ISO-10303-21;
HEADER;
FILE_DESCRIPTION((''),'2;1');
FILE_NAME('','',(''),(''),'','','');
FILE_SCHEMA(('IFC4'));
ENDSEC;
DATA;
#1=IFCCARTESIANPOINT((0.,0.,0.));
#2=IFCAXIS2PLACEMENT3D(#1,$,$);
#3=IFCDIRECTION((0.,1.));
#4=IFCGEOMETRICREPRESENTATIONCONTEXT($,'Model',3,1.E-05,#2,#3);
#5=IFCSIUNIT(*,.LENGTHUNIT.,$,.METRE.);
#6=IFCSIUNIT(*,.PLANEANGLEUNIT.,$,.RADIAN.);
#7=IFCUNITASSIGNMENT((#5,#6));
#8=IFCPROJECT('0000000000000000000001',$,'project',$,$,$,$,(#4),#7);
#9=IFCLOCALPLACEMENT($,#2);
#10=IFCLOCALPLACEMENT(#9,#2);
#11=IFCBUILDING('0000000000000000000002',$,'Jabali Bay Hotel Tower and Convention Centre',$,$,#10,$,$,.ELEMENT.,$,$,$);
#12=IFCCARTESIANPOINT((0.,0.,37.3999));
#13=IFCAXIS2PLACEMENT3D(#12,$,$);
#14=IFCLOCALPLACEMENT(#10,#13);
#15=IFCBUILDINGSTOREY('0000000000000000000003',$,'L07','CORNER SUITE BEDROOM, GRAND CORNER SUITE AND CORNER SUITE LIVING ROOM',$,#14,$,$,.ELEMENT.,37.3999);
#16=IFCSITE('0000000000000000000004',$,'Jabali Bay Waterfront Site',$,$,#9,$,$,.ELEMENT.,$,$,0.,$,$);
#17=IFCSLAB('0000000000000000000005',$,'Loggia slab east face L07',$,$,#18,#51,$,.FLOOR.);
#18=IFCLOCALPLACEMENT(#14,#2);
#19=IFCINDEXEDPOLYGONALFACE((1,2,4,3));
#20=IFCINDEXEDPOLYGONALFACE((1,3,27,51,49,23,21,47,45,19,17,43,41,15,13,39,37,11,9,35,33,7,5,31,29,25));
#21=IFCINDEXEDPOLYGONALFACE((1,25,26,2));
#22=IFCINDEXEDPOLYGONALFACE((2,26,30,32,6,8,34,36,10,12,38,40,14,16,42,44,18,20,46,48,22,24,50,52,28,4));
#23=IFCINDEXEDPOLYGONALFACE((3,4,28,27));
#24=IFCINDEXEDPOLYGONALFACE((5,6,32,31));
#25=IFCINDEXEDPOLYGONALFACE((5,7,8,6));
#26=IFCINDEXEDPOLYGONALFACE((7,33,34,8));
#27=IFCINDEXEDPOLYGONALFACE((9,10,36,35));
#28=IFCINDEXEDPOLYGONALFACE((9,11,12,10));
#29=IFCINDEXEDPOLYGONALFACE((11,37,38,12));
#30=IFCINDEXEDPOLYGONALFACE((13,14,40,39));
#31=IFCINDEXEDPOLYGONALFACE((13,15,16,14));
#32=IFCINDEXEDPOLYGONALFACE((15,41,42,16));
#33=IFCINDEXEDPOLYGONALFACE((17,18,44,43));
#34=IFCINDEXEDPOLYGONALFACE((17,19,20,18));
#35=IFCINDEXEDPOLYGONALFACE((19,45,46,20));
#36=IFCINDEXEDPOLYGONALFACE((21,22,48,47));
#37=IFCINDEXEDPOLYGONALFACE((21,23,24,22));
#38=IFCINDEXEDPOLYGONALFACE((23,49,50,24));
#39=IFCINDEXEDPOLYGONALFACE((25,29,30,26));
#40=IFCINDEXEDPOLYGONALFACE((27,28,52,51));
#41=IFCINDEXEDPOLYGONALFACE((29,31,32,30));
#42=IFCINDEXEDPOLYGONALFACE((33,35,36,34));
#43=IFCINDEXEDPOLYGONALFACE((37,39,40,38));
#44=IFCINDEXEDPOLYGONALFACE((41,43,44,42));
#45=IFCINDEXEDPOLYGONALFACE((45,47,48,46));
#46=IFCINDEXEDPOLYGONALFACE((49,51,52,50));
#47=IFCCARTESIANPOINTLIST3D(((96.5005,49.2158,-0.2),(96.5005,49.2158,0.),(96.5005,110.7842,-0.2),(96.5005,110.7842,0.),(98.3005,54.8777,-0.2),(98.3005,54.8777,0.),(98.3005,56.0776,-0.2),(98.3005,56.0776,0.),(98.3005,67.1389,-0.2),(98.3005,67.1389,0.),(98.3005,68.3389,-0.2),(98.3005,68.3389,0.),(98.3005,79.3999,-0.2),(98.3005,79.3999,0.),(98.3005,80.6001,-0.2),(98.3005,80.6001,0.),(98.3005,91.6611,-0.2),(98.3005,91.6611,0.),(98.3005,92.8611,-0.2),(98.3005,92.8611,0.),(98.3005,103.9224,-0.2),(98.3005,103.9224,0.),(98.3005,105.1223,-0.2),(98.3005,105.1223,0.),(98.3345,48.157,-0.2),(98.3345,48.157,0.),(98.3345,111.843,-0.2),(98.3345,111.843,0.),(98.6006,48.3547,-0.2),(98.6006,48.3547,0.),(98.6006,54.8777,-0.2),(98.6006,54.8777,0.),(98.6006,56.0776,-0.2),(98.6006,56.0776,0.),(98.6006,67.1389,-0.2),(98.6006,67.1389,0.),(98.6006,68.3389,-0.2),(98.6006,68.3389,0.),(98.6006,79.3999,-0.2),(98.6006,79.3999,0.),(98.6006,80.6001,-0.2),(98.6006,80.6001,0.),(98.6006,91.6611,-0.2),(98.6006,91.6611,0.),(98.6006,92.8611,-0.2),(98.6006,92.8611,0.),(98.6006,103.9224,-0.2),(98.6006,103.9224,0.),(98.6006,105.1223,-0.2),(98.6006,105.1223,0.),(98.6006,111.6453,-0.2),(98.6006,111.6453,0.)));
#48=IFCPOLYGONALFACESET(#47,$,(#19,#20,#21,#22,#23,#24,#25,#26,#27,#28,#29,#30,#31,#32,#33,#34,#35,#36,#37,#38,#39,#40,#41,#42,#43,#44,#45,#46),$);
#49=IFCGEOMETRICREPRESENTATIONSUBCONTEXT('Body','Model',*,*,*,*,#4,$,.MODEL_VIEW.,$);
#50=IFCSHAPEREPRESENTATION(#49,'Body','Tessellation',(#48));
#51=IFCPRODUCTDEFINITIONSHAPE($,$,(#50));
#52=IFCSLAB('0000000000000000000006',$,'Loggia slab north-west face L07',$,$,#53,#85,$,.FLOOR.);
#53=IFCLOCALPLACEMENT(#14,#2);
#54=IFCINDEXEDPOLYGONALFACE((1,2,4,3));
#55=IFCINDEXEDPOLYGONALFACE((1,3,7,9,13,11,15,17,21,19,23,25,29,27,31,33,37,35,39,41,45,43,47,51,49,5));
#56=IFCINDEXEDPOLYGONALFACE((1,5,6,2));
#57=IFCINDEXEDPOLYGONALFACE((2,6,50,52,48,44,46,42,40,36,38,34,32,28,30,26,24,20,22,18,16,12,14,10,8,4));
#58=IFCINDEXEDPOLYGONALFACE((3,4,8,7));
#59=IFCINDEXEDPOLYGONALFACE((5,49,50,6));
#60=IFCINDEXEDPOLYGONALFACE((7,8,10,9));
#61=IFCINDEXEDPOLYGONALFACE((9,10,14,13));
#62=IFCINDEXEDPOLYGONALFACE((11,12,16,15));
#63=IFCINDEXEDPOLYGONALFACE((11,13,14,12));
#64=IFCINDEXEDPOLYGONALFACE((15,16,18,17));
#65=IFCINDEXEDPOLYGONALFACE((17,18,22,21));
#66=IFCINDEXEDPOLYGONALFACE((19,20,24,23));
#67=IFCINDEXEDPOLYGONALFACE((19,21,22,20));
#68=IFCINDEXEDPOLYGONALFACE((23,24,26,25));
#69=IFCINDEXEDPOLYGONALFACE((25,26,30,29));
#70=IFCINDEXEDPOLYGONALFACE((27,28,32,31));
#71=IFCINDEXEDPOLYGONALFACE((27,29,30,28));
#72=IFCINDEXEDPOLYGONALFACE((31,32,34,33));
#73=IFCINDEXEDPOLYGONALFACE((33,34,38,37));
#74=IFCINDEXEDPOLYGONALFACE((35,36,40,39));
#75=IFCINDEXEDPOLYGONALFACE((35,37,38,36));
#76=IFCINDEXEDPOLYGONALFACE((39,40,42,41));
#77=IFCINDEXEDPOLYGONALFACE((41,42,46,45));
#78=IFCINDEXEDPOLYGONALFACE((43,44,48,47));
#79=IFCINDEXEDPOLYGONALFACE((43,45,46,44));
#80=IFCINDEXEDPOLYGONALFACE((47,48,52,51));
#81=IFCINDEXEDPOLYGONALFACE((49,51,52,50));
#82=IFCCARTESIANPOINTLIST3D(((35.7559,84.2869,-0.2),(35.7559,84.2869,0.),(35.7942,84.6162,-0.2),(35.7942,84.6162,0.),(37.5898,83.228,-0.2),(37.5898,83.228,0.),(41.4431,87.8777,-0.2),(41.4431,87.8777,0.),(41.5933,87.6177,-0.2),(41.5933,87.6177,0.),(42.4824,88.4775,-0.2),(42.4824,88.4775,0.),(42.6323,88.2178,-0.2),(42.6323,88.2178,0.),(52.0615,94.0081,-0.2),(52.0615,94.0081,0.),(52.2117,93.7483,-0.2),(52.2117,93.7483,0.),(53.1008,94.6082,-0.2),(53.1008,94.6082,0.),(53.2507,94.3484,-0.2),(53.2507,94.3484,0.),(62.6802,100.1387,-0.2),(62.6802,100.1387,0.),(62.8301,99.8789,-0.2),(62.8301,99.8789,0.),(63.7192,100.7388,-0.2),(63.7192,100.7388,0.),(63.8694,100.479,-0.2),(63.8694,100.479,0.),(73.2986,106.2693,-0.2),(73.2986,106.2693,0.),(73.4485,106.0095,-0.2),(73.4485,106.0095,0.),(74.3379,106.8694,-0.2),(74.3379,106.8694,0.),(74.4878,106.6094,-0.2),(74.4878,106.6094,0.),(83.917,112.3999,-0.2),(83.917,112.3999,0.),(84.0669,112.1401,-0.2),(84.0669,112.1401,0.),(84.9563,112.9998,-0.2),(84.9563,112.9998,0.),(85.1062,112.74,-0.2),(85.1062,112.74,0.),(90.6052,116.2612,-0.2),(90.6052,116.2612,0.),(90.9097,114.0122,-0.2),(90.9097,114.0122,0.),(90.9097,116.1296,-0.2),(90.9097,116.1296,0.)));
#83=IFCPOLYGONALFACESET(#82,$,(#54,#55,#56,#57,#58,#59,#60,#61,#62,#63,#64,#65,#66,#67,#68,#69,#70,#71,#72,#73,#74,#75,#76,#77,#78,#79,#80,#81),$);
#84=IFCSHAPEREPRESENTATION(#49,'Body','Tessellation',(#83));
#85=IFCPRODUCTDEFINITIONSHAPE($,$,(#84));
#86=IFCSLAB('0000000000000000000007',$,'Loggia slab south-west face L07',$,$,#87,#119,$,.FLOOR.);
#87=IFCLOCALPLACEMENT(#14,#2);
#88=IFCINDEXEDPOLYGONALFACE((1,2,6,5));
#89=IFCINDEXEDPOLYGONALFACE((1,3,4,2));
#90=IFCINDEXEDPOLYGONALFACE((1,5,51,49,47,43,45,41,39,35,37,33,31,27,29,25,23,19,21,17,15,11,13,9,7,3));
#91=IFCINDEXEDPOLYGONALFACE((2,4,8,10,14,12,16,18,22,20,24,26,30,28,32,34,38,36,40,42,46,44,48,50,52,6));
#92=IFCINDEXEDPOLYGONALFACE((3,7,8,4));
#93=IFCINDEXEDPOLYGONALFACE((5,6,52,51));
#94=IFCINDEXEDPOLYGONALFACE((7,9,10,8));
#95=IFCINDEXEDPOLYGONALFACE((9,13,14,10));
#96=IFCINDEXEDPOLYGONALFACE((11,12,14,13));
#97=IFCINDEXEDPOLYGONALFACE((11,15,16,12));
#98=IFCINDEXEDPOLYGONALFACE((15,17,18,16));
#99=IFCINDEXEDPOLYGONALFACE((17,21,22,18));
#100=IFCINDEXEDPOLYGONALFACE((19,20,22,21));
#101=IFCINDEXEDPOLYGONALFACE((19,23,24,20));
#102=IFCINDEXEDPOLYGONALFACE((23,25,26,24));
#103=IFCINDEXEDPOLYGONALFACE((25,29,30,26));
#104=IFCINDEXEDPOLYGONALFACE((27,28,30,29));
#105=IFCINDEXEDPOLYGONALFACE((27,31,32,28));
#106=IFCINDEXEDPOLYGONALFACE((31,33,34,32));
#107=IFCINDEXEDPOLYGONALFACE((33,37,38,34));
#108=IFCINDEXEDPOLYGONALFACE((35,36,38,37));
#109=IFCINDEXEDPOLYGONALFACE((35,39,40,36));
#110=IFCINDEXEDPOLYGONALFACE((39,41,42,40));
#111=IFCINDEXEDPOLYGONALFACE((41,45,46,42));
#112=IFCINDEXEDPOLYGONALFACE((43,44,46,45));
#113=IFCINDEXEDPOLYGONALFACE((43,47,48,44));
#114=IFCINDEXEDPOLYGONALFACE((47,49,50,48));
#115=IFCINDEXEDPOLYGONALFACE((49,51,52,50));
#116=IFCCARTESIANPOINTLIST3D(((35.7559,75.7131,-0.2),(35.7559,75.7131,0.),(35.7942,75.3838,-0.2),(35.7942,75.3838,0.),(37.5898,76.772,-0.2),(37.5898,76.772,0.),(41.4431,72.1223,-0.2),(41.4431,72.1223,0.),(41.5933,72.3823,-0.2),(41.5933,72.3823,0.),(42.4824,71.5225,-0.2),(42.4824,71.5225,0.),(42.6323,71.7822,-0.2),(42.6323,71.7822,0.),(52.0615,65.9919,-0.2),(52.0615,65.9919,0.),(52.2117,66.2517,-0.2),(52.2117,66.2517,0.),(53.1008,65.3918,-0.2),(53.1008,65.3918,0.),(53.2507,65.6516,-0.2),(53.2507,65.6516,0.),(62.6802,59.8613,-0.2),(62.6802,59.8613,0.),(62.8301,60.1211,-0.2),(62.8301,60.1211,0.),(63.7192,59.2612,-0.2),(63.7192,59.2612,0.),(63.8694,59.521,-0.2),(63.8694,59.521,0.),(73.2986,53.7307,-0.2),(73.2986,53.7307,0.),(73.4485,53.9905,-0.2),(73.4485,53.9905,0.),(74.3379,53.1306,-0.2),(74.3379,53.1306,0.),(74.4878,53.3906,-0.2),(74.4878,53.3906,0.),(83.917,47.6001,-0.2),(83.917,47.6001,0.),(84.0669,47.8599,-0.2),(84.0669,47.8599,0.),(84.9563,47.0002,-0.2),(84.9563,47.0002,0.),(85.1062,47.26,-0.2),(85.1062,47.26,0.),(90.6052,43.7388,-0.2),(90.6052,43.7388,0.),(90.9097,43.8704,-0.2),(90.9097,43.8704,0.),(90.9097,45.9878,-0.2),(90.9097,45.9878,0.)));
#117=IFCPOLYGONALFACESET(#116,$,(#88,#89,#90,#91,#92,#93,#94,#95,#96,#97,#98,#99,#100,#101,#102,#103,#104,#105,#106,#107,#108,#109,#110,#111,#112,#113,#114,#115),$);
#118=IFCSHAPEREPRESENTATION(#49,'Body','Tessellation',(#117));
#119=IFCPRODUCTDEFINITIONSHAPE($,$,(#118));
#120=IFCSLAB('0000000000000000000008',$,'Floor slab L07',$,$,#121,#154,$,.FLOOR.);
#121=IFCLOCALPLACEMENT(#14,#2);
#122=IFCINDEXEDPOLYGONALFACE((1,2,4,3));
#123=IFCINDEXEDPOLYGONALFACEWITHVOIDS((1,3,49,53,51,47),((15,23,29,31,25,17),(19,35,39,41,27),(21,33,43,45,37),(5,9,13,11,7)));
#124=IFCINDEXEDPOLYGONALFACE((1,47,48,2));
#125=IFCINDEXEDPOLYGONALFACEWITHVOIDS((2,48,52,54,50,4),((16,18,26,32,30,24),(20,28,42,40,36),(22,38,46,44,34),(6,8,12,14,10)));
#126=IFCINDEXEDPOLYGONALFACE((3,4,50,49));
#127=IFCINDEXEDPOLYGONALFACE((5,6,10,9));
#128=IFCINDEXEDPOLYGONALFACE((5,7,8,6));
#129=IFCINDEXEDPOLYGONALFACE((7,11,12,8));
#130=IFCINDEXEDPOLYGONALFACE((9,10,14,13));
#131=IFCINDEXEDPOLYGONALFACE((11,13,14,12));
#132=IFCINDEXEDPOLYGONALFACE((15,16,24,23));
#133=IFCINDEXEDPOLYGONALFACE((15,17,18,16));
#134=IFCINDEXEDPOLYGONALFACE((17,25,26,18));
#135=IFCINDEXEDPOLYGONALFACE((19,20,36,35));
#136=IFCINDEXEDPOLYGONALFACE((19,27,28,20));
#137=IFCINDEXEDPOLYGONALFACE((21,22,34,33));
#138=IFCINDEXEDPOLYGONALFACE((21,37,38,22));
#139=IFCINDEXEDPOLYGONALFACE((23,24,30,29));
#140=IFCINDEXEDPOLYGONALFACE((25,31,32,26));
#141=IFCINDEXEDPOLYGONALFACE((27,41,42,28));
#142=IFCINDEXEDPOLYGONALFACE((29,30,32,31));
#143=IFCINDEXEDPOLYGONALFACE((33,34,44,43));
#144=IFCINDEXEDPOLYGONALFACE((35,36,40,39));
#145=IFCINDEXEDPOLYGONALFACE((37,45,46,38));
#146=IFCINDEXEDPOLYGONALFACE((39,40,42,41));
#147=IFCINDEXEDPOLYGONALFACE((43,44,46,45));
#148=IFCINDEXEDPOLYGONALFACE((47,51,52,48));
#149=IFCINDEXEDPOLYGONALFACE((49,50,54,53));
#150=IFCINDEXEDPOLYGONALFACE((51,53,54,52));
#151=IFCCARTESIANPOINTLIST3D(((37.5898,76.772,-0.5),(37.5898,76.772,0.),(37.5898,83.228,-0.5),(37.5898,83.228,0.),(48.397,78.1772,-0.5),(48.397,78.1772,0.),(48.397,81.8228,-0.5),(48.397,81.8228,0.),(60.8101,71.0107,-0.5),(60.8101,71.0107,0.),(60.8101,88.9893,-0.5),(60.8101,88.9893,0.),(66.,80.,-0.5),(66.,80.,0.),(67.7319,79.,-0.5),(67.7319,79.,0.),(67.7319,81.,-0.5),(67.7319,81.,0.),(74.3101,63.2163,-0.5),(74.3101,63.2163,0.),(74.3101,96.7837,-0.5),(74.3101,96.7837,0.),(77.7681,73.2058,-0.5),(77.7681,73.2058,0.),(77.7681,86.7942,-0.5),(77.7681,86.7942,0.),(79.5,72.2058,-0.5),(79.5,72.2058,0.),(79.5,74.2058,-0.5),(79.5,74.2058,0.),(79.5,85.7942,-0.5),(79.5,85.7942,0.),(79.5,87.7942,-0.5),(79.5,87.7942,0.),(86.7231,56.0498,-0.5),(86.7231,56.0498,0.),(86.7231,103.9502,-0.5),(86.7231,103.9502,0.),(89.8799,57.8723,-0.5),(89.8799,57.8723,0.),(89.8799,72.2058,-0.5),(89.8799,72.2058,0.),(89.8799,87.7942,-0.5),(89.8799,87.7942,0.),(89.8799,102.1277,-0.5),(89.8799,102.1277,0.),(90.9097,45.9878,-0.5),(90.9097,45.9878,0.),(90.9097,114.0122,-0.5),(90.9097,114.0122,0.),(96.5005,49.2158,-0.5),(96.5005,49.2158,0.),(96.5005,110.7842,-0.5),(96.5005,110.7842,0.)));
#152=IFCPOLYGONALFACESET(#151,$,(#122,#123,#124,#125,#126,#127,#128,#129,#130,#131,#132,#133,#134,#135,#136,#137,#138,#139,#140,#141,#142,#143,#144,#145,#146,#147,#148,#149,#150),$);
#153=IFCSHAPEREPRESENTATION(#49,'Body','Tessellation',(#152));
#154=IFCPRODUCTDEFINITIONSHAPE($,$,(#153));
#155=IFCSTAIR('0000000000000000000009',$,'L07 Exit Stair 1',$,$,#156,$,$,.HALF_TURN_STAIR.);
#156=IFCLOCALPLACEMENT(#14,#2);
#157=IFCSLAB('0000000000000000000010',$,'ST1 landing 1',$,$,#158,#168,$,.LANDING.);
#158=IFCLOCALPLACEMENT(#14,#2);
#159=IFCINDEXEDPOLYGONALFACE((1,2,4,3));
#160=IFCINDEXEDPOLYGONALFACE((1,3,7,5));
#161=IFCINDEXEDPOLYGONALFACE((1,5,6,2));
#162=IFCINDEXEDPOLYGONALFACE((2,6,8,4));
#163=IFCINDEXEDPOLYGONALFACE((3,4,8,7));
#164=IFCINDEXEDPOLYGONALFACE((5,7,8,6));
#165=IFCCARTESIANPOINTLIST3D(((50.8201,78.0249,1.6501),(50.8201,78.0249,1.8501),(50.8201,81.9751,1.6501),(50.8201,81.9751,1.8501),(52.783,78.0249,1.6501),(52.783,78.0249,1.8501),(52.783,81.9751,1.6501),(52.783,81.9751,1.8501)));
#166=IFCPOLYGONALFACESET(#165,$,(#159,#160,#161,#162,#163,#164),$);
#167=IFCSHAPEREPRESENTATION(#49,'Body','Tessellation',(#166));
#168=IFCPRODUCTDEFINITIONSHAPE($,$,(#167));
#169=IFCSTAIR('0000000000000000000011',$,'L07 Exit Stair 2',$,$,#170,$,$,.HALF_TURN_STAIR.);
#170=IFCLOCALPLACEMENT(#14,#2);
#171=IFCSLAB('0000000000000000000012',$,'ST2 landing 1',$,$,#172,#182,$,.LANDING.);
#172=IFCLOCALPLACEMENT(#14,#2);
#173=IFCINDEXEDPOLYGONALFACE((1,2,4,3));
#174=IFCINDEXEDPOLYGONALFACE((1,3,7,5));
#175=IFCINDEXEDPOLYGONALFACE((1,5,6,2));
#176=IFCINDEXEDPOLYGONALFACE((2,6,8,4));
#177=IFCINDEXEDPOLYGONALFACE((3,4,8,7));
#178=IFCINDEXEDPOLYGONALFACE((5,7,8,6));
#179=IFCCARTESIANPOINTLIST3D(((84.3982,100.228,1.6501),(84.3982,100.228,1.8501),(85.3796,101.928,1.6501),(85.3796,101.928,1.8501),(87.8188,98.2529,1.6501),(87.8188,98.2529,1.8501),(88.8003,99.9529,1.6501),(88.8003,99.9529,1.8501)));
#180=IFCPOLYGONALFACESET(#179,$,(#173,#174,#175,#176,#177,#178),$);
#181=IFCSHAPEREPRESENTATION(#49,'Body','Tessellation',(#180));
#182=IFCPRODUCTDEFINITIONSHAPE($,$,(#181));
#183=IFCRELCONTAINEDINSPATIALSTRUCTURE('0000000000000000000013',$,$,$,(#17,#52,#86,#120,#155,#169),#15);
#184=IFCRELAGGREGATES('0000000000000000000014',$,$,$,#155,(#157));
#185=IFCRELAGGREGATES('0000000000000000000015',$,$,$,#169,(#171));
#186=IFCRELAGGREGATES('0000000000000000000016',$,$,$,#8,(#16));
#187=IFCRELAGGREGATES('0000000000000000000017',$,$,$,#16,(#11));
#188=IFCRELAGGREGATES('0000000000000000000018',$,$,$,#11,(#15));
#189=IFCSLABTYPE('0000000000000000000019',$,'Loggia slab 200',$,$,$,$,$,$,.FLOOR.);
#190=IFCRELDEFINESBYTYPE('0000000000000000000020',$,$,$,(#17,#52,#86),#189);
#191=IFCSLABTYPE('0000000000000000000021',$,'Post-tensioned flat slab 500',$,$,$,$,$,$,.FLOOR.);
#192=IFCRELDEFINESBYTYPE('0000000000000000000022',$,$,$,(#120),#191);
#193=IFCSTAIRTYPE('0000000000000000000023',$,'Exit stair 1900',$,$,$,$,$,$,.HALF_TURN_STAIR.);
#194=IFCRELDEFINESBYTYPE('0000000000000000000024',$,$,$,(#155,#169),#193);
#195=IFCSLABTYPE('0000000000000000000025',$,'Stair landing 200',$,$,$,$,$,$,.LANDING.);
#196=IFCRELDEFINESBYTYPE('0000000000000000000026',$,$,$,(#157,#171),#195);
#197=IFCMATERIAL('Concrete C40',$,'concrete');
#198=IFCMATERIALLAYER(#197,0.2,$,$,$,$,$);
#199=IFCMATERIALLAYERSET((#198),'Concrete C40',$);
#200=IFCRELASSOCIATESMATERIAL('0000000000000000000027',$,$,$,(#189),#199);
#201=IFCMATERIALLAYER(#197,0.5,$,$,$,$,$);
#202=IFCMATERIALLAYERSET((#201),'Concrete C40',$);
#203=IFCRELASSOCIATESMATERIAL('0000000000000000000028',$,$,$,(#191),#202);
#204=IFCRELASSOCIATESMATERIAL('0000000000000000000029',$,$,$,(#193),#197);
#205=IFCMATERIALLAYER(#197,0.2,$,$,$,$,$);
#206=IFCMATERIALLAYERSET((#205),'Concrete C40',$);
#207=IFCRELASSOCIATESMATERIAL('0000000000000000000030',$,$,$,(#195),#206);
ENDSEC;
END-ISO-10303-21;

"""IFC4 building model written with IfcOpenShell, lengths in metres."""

from ifc_helpers import new_model, si_unit, direction, frame, origin, place, context, subcontext, project, spatial, polyline, outline, extrude, material, layer, layer_set, type_object, element, aggregate, save


model = new_model("IFC4")

# Units and contexts
model_context = context("Model", 3, precision=1e-05, world=origin(), true_north=direction((0.0, 1.0)))
body_context = subcontext(model_context, "Body", "Model", "MODEL_VIEW")
ifc_project = project(units=[si_unit("LENGTHUNIT", "METRE"), si_unit("PLANEANGLEUNIT", "RADIAN")], contexts=[model_context])

# Site, building, storey
site_placement = place(None, origin())
site = spatial("IfcSite", under=ifc_project, at=site_placement, Name="Jabali Bay Waterfront Site", CompositionType="ELEMENT", RefElevation=0.0)
building_placement = place(site_placement, origin())
building = spatial("IfcBuilding", under=site, at=building_placement, Name="Jabali Bay Hotel Tower and Convention Centre", CompositionType="ELEMENT")
storey_placement = place(building_placement, frame((0.0, 0.0, 37.3999)))
storey = spatial("IfcBuildingStorey", under=building, at=storey_placement, Name="L07", Description="CORNER SUITE BEDROOM, GRAND CORNER SUITE AND CORNER SUITE LIVING ROOM", CompositionType="ELEMENT", Elevation=37.3999)

# Slabs
ifc_material_1 = material(Name="Concrete C40", Category="concrete")
ifc_layer_1 = layer(ifc_material_1, 0.2)
ifc_layer_set_1 = layer_set([ifc_layer_1], Name="Concrete C40")
slab_type_1 = type_object("IfcSlabType", Name="Loggia slab 200", PredefinedType="FLOOR", material=ifc_layer_set_1)
slab_1_placement = place(storey_placement, frame((0.0, 0.0, -0.2)))
element("IfcSlab", 1, at=slab_1_placement, inside=storey, type_object=slab_type_1, Name="Loggia slab east face L07", PredefinedType="FLOOR", context=body_context, shape_type="SweptSolid", body=[
    extrude(outline(polyline([(96.5005, 110.7842), (98.3345, 111.843), (98.6006, 111.6453), (98.6006, 105.1223), (98.3005, 105.1223), (98.3005, 103.9224), (98.6006, 103.9224), (98.6006, 92.8611), (98.3005, 92.8611), (98.3005, 91.6611), (98.6006, 91.6611), (98.6006, 80.6001), (98.3005, 80.6001), (98.3005, 79.3999), (98.6006, 79.3999), (98.6006, 68.3389), (98.3005, 68.3389), (98.3005, 67.1389), (98.6006, 67.1389), (98.6006, 56.0776), (98.3005, 56.0776), (98.3005, 54.8777), (98.6006, 54.8777), (98.6006, 48.3547), (98.3345, 48.157), (96.5005, 49.2158), (96.5005, 110.7842)])), origin(), (0.0, 0.0, 1.0), 0.2),
])
slab_2_placement = place(storey_placement, frame((0.0, 0.0, -0.2)))
element("IfcSlab", 2, at=slab_2_placement, inside=storey, type_object=slab_type_1, Name="Loggia slab north-west face L07", PredefinedType="FLOOR", context=body_context, shape_type="SweptSolid", body=[
    extrude(outline(polyline([(37.5898, 83.228), (35.7559, 84.2869), (35.7942, 84.6162), (41.4431, 87.8777), (41.5933, 87.6177), (42.6323, 88.2178), (42.4824, 88.4775), (52.0615, 94.0081), (52.2117, 93.7483), (53.2507, 94.3484), (53.1008, 94.6082), (62.6802, 100.1387), (62.8301, 99.8789), (63.8694, 100.479), (63.7192, 100.7388), (73.2986, 106.2693), (73.4485, 106.0095), (74.4878, 106.6094), (74.3379, 106.8694), (83.917, 112.3999), (84.0669, 112.1401), (85.1062, 112.74), (84.9563, 112.9998), (90.6052, 116.2612), (90.9097, 116.1296), (90.9097, 114.0122), (37.5898, 83.228)])), origin(), (0.0, 0.0, 1.0), 0.2),
])
slab_3_placement = place(storey_placement, frame((0.0, 0.0, -0.2)))
element("IfcSlab", 3, at=slab_3_placement, inside=storey, type_object=slab_type_1, Name="Loggia slab south-west face L07", PredefinedType="FLOOR", context=body_context, shape_type="SweptSolid", body=[
    extrude(outline(polyline([(90.9097, 45.9878), (90.9097, 43.8704), (90.6052, 43.7388), (84.9563, 47.0002), (85.1062, 47.26), (84.0669, 47.8599), (83.917, 47.6001), (74.3379, 53.1306), (74.4878, 53.3906), (73.4485, 53.9905), (73.2986, 53.7307), (63.7192, 59.2612), (63.8694, 59.521), (62.8301, 60.1211), (62.6802, 59.8613), (53.1008, 65.3918), (53.2507, 65.6516), (52.2117, 66.2517), (52.0615, 65.9919), (42.4824, 71.5225), (42.6323, 71.7822), (41.5933, 72.3823), (41.4431, 72.1223), (35.7942, 75.3838), (35.7559, 75.7131), (37.5898, 76.772), (90.9097, 45.9878)])), origin(), (0.0, 0.0, 1.0), 0.2),
])
ifc_layer_2 = layer(ifc_material_1, 0.5)
ifc_layer_set_2 = layer_set([ifc_layer_2], Name="Concrete C40")
slab_type_2 = type_object("IfcSlabType", Name="Post-tensioned flat slab 500", PredefinedType="FLOOR", material=ifc_layer_set_2)
slab_4_placement = place(storey_placement, frame((0.0, 0.0, -0.5)))
element("IfcSlab", 4, at=slab_4_placement, inside=storey, type_object=slab_type_2, Name="Floor slab L07", PredefinedType="FLOOR", context=body_context, shape_type="SweptSolid", body=[
    extrude(outline(polyline([(90.9097, 114.0122), (96.5005, 110.7842), (96.5005, 49.2158), (90.9097, 45.9878), (37.5898, 76.772), (37.5898, 83.228), (90.9097, 114.0122)]), holes=[polyline([(67.7319, 79.0), (77.7681, 73.2058), (79.5, 74.2058), (79.5, 85.7942), (77.7681, 86.7942), (67.7319, 81.0), (67.7319, 79.0)]), polyline([(48.397, 78.1772), (60.8101, 71.0107), (66.0, 80.0), (60.8101, 88.9893), (48.397, 81.8228), (48.397, 78.1772)]), polyline([(89.8799, 102.1277), (86.7231, 103.9502), (74.3101, 96.7837), (79.5, 87.7942), (89.8799, 87.7942), (89.8799, 102.1277)]), polyline([(74.3101, 63.2163), (86.7231, 56.0498), (89.8799, 57.8723), (89.8799, 72.2058), (79.5, 72.2058), (74.3101, 63.2163)])]), origin(), (0.0, 0.0, 1.0), 0.5),
])

# Stairs, slabs
stair_type = type_object("IfcStairType", Name="Exit stair 1900", PredefinedType="HALF_TURN_STAIR", material=ifc_material_1)
stair_1_placement = place(storey_placement, origin())
stair_1 = element("IfcStair", 5, at=stair_1_placement, inside=storey, type_object=stair_type, Name="L07 Exit Stair 1", PredefinedType="HALF_TURN_STAIR")
ifc_layer_3 = layer(ifc_material_1, 0.2)
ifc_layer_set_3 = layer_set([ifc_layer_3], Name="Concrete C40")
slab_type_3 = type_object("IfcSlabType", Name="Stair landing 200", PredefinedType="LANDING", material=ifc_layer_set_3)
slab_5_placement = place(storey_placement, frame((0.0, 0.0, 1.6501)))
slab_5 = element("IfcSlab", 6, at=slab_5_placement, type_object=slab_type_3, Name="ST1 landing 1", PredefinedType="LANDING", context=body_context, shape_type="SweptSolid", body=[
    extrude(outline(polyline([(52.783, 81.9751), (50.8201, 81.9751), (50.8201, 78.0249), (52.783, 78.0249), (52.783, 81.9751)])), origin(), (0.0, 0.0, 1.0), 0.2),
])
aggregate(stair_1, [slab_5])
stair_2_placement = place(storey_placement, origin())
stair_2 = element("IfcStair", 7, at=stair_2_placement, inside=storey, type_object=stair_type, Name="L07 Exit Stair 2", PredefinedType="HALF_TURN_STAIR")
slab_6_placement = place(storey_placement, frame((0.0, 0.0, 1.6501)))
slab_6 = element("IfcSlab", 8, at=slab_6_placement, type_object=slab_type_3, Name="ST2 landing 1", PredefinedType="LANDING", context=body_context, shape_type="SweptSolid", body=[
    extrude(outline(polyline([(87.8188, 98.2529), (88.8003, 99.9529), (85.3796, 101.928), (84.3982, 100.228), (87.8188, 98.2529)])), origin(), (0.0, 0.0, 1.0), 0.2),
])
aggregate(stair_2, [slab_6])

save(model, "model.ifc")
